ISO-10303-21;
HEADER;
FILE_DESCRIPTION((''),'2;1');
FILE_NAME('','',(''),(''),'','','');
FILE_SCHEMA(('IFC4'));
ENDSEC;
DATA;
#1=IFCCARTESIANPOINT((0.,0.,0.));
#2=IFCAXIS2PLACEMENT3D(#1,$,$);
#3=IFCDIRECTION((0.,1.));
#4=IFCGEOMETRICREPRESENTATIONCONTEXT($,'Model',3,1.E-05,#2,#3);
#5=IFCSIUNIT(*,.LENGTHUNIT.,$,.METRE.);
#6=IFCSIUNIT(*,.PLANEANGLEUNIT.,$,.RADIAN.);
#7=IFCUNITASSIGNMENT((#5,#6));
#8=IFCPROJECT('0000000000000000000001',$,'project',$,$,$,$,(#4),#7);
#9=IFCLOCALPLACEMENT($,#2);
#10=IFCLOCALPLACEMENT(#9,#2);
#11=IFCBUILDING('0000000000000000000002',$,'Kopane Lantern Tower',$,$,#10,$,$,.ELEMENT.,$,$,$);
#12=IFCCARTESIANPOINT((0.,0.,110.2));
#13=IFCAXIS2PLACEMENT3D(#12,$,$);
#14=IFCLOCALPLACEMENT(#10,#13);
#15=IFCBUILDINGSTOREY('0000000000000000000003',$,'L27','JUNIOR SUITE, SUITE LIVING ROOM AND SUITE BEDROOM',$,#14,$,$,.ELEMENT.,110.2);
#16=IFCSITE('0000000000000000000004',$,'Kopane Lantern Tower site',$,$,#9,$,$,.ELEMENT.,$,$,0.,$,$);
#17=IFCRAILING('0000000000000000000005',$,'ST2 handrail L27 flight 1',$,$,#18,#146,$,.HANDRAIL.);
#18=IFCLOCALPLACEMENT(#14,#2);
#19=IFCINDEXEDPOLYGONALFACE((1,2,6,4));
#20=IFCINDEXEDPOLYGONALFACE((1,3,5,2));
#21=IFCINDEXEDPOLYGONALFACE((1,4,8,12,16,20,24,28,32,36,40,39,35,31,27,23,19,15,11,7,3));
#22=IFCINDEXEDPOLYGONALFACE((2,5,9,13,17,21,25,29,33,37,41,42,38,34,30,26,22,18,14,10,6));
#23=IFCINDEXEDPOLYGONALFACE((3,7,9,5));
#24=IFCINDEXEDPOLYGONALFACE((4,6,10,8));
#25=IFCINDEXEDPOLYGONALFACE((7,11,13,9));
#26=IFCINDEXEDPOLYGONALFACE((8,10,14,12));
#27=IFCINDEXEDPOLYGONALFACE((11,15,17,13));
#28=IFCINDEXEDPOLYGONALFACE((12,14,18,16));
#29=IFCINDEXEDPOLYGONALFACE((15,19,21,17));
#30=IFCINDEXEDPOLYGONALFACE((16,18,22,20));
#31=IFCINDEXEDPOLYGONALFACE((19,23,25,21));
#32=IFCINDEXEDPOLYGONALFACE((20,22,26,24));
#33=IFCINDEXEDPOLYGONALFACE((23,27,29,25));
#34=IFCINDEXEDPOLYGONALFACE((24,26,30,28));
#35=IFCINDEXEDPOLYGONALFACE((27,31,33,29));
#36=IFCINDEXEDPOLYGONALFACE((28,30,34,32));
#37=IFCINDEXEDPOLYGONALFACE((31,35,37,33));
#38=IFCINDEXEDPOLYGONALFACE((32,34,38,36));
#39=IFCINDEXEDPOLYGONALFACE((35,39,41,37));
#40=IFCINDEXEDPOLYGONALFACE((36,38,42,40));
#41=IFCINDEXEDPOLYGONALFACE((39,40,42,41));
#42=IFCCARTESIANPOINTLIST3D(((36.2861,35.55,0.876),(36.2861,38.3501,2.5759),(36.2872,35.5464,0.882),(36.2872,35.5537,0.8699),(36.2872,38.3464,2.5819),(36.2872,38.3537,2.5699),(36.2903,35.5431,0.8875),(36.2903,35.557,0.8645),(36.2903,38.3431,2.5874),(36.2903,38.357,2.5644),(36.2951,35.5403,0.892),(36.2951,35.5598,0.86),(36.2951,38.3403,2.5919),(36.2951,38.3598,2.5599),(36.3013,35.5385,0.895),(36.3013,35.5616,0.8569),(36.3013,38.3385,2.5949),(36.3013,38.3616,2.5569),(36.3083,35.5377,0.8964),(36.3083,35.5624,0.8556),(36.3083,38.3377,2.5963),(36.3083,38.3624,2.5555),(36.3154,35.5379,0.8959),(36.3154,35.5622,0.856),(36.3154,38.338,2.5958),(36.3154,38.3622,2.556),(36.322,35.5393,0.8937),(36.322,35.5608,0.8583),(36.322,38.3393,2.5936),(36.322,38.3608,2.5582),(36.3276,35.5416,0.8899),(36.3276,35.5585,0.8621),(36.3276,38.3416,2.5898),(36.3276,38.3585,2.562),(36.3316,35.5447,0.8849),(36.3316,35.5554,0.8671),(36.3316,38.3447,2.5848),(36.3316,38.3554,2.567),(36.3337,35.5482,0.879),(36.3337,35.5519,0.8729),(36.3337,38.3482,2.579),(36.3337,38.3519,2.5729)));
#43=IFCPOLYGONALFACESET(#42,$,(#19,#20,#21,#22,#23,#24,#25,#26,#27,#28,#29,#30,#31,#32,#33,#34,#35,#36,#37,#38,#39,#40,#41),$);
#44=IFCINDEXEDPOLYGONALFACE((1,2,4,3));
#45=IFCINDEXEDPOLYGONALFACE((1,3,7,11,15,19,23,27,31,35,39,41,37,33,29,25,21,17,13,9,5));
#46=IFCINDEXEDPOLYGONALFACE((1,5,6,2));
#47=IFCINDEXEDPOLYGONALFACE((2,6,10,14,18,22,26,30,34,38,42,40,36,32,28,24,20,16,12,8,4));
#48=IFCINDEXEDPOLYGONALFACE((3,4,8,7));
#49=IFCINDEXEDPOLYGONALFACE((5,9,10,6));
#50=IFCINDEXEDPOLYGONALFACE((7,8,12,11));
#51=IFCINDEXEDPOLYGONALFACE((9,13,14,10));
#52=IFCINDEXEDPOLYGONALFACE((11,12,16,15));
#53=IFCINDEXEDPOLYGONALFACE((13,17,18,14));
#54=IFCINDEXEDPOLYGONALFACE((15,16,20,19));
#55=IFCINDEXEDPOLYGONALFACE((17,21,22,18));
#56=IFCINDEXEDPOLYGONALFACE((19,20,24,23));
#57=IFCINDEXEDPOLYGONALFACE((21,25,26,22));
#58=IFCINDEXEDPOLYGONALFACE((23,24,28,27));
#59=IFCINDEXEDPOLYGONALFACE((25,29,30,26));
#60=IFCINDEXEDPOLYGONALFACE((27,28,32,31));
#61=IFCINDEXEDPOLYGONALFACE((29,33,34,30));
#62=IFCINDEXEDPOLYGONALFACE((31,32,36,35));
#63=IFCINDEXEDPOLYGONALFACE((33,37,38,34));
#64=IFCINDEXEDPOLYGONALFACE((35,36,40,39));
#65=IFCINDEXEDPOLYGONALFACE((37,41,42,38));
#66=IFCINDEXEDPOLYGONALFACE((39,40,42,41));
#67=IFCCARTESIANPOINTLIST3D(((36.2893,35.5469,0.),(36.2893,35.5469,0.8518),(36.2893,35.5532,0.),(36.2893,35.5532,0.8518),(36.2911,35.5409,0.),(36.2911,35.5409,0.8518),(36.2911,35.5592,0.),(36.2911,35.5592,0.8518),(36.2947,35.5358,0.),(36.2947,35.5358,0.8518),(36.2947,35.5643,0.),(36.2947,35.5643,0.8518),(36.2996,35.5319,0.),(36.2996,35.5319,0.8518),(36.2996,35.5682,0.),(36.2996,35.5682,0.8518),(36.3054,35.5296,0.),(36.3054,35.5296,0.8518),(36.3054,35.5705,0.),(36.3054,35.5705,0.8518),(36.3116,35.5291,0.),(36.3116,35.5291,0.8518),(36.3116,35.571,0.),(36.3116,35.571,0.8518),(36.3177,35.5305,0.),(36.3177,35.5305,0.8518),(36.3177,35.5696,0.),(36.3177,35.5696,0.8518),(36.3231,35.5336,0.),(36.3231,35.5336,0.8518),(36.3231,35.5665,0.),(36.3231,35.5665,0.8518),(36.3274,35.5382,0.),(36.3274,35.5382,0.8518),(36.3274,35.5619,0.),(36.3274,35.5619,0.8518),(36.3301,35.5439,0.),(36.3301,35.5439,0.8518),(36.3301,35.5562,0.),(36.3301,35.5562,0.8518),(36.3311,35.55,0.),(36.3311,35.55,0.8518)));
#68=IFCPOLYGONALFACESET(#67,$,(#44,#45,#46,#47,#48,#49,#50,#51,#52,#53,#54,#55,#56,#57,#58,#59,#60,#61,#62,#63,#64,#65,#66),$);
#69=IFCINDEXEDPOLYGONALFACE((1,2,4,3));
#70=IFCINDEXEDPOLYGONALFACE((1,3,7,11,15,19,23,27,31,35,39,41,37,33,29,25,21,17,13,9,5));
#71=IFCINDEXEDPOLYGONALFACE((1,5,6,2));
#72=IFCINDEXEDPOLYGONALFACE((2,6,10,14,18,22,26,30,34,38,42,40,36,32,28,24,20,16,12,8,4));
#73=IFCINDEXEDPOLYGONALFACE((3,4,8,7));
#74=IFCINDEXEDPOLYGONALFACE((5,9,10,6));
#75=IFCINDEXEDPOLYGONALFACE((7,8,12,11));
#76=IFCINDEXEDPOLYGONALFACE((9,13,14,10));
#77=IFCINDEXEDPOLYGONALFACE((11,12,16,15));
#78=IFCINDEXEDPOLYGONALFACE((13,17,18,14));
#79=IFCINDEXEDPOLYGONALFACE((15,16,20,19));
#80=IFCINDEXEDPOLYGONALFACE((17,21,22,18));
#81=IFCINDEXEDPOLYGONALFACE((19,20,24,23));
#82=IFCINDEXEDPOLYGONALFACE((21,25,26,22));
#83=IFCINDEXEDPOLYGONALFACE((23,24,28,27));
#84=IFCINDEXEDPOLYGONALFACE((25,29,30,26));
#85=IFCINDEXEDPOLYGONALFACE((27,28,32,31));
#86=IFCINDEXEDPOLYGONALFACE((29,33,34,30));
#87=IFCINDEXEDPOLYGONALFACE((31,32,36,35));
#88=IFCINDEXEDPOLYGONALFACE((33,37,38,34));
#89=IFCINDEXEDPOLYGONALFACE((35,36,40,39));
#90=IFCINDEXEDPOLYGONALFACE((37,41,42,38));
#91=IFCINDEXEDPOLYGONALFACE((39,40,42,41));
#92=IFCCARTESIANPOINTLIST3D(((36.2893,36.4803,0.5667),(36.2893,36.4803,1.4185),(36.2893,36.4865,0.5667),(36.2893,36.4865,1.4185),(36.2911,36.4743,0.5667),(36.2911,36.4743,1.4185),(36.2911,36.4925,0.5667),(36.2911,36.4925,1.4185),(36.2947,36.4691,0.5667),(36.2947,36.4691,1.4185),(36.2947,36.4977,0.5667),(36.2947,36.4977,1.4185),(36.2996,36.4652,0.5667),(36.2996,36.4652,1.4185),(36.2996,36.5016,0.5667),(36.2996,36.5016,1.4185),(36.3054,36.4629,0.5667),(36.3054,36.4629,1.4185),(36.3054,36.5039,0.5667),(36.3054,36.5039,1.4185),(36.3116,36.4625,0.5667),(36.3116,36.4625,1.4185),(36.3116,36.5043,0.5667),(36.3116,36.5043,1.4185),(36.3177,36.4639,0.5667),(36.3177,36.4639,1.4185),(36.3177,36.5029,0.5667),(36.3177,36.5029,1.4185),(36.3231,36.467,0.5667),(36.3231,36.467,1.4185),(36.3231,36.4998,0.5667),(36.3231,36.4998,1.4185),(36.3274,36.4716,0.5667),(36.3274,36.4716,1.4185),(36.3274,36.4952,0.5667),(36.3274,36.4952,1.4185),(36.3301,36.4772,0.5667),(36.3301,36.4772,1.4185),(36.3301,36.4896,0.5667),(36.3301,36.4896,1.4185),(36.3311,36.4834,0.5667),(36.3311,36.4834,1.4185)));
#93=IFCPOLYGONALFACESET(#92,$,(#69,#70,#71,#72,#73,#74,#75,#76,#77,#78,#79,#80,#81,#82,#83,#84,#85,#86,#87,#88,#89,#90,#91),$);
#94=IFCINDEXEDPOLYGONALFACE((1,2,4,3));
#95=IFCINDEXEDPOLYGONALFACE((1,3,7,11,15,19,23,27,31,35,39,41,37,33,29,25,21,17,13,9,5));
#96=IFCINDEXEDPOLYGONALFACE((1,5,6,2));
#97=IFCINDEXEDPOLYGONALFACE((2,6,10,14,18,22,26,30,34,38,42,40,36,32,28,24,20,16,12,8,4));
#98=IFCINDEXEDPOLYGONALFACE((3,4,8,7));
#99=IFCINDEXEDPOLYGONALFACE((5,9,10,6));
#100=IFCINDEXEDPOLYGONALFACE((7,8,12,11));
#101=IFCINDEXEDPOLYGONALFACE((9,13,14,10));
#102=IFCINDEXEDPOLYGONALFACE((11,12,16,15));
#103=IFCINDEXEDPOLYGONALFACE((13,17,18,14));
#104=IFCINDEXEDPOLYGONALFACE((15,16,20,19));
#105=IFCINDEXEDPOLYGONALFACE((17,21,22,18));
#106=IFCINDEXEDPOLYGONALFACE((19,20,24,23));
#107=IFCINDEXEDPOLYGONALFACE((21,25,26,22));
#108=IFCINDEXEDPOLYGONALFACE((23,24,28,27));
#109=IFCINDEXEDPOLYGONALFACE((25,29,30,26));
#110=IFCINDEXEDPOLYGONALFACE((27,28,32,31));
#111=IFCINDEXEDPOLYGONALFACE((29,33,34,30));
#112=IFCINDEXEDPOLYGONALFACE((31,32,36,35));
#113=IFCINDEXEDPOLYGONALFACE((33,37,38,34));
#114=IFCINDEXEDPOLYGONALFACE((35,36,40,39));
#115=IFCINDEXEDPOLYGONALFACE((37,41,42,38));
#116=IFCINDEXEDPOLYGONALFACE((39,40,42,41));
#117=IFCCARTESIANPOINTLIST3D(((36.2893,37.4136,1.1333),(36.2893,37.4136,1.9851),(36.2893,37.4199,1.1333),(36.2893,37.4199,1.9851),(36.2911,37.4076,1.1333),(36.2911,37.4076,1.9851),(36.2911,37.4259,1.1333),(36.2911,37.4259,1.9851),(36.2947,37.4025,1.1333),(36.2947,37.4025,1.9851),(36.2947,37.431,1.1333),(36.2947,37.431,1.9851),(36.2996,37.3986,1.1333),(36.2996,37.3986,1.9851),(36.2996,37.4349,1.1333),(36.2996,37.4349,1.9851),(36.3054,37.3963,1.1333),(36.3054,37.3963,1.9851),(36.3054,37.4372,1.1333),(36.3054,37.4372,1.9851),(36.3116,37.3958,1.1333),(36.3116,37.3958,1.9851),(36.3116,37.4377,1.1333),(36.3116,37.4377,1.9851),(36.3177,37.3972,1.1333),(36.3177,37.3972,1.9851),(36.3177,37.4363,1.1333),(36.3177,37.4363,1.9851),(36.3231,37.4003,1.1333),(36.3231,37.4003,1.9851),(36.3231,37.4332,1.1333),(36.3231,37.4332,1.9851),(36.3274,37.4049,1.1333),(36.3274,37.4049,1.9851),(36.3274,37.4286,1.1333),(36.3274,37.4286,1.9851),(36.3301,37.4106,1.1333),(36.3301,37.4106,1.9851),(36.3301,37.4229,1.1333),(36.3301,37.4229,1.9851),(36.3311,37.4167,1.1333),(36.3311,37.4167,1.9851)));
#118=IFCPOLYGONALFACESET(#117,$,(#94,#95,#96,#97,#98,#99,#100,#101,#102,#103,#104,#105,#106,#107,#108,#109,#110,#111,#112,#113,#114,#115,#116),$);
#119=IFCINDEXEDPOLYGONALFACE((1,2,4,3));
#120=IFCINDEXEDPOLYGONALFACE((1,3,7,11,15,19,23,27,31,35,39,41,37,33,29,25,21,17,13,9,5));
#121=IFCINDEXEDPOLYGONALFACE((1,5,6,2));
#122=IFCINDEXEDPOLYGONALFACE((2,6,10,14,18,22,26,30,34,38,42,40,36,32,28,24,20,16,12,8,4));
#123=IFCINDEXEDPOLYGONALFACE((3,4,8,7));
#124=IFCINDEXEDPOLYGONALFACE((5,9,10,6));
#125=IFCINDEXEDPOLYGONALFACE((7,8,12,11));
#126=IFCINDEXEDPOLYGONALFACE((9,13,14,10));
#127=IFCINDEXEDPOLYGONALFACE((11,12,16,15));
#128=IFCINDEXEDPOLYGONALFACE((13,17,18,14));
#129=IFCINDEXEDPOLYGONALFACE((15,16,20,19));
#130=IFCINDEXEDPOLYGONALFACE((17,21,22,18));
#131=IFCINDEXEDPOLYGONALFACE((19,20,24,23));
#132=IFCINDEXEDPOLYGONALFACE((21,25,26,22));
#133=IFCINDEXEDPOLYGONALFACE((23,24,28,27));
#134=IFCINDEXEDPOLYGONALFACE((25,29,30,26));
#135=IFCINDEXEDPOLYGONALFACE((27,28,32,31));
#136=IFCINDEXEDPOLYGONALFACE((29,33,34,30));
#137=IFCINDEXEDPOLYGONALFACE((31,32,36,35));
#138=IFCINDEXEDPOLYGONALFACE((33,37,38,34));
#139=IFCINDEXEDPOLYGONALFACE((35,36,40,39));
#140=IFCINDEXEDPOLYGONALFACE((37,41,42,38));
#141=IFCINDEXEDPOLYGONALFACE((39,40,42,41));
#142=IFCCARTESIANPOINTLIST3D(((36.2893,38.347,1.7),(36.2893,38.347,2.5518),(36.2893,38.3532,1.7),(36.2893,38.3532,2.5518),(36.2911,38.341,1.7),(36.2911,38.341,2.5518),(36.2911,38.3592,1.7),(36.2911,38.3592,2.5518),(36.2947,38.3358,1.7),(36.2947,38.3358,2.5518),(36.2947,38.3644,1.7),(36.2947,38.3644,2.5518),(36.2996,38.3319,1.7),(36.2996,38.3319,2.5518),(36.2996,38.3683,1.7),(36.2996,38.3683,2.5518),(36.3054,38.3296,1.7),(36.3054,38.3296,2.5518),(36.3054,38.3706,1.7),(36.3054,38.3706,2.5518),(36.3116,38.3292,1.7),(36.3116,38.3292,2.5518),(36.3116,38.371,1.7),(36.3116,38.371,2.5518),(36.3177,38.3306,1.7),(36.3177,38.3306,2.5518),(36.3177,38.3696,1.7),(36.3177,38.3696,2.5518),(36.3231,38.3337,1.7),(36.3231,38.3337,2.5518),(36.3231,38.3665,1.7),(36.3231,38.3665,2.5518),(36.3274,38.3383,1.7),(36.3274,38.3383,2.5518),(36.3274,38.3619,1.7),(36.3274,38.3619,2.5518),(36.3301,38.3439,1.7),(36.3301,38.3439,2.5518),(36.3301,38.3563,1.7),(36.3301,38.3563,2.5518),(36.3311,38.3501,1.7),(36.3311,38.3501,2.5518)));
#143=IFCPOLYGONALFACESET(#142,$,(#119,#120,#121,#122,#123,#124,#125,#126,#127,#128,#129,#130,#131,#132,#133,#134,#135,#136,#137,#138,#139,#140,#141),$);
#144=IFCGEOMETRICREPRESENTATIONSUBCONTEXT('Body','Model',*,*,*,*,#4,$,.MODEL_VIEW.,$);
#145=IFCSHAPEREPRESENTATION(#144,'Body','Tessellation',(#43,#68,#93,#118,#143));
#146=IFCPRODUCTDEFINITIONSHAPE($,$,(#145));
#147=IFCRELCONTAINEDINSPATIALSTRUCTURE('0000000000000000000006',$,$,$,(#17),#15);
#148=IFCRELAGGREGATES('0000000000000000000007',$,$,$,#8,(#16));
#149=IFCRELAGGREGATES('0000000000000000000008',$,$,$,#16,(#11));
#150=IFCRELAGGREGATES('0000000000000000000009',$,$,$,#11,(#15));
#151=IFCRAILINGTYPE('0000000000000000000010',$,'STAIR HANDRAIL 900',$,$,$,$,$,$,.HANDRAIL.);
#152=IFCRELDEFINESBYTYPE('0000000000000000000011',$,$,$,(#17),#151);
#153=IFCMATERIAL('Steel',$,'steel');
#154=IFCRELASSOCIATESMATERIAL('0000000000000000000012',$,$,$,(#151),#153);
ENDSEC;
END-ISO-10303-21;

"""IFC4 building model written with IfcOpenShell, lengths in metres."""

from ifc_helpers import new_model, si_unit, direction, frame, origin, origin_2d, place, context, subcontext, project, spatial, circle, extrude, material, type_object, element, save


model = new_model("IFC4")

# Units and contexts
model_context = context("Model", 3, precision=1e-05, world=origin(), true_north=direction((0.0, 1.0)))
body_context = subcontext(model_context, "Body", "Model", "MODEL_VIEW")
ifc_project = project(units=[si_unit("LENGTHUNIT", "METRE"), si_unit("PLANEANGLEUNIT", "RADIAN")], contexts=[model_context])

# Site, building, storey
site_placement = place(None, origin())
site = spatial("IfcSite", under=ifc_project, at=site_placement, Name="Kopane Lantern Tower site", CompositionType="ELEMENT", RefElevation=0.0)
building_placement = place(site_placement, origin())
building = spatial("IfcBuilding", under=site, at=building_placement, Name="Kopane Lantern Tower", CompositionType="ELEMENT")
storey_placement = place(building_placement, frame((0.0, 0.0, 110.2)))
storey = spatial("IfcBuildingStorey", under=building, at=storey_placement, Name="L27", Description="JUNIOR SUITE, SUITE LIVING ROOM AND SUITE BEDROOM", CompositionType="ELEMENT", Elevation=110.2)

# Railing
ifc_material_1 = material(Name="Steel", Category="steel")
railing_type_1 = type_object("IfcRailingType", Name="STAIR HANDRAIL 900", PredefinedType="HANDRAIL", material=ifc_material_1)
for number, where, name in (
    (1, (36.3101, 35.55, 0.0), "ST2 handrail L27 flight 1"),
):
    element("IfcRailing", number, at=place(storey_placement, frame(where)), inside=storey, type_object=railing_type_1, Name=name, PredefinedType="HANDRAIL", context=body_context, shape_type="SweptSolid", body=[
        extrude(circle(Radius=0.0239, at=origin_2d()), frame((0.0, 0.0, 0.876), z_axis=(0.0, 0.854798, 0.518961), x_axis=(-1.0, 0.0, 0.0)), (0.0, 0.0, 1.0), 3.2756),
        extrude(circle(Radius=0.021, at=origin_2d()), origin(), (0.0, 0.0, 1.0), 0.8518),
        extrude(circle(Radius=0.021, at=origin_2d()), frame((0.0, 0.9333, 0.5667)), (0.0, 0.0, 1.0), 0.8518),
        extrude(circle(Radius=0.021, at=origin_2d()), frame((0.0, 1.8667, 1.1333)), (0.0, 0.0, 1.0), 0.8518),
        extrude(circle(Radius=0.021, at=origin_2d()), frame((0.0, 2.8, 1.7)), (0.0, 0.0, 1.0), 0.8518),
    ])

save(model, "model.ifc")
